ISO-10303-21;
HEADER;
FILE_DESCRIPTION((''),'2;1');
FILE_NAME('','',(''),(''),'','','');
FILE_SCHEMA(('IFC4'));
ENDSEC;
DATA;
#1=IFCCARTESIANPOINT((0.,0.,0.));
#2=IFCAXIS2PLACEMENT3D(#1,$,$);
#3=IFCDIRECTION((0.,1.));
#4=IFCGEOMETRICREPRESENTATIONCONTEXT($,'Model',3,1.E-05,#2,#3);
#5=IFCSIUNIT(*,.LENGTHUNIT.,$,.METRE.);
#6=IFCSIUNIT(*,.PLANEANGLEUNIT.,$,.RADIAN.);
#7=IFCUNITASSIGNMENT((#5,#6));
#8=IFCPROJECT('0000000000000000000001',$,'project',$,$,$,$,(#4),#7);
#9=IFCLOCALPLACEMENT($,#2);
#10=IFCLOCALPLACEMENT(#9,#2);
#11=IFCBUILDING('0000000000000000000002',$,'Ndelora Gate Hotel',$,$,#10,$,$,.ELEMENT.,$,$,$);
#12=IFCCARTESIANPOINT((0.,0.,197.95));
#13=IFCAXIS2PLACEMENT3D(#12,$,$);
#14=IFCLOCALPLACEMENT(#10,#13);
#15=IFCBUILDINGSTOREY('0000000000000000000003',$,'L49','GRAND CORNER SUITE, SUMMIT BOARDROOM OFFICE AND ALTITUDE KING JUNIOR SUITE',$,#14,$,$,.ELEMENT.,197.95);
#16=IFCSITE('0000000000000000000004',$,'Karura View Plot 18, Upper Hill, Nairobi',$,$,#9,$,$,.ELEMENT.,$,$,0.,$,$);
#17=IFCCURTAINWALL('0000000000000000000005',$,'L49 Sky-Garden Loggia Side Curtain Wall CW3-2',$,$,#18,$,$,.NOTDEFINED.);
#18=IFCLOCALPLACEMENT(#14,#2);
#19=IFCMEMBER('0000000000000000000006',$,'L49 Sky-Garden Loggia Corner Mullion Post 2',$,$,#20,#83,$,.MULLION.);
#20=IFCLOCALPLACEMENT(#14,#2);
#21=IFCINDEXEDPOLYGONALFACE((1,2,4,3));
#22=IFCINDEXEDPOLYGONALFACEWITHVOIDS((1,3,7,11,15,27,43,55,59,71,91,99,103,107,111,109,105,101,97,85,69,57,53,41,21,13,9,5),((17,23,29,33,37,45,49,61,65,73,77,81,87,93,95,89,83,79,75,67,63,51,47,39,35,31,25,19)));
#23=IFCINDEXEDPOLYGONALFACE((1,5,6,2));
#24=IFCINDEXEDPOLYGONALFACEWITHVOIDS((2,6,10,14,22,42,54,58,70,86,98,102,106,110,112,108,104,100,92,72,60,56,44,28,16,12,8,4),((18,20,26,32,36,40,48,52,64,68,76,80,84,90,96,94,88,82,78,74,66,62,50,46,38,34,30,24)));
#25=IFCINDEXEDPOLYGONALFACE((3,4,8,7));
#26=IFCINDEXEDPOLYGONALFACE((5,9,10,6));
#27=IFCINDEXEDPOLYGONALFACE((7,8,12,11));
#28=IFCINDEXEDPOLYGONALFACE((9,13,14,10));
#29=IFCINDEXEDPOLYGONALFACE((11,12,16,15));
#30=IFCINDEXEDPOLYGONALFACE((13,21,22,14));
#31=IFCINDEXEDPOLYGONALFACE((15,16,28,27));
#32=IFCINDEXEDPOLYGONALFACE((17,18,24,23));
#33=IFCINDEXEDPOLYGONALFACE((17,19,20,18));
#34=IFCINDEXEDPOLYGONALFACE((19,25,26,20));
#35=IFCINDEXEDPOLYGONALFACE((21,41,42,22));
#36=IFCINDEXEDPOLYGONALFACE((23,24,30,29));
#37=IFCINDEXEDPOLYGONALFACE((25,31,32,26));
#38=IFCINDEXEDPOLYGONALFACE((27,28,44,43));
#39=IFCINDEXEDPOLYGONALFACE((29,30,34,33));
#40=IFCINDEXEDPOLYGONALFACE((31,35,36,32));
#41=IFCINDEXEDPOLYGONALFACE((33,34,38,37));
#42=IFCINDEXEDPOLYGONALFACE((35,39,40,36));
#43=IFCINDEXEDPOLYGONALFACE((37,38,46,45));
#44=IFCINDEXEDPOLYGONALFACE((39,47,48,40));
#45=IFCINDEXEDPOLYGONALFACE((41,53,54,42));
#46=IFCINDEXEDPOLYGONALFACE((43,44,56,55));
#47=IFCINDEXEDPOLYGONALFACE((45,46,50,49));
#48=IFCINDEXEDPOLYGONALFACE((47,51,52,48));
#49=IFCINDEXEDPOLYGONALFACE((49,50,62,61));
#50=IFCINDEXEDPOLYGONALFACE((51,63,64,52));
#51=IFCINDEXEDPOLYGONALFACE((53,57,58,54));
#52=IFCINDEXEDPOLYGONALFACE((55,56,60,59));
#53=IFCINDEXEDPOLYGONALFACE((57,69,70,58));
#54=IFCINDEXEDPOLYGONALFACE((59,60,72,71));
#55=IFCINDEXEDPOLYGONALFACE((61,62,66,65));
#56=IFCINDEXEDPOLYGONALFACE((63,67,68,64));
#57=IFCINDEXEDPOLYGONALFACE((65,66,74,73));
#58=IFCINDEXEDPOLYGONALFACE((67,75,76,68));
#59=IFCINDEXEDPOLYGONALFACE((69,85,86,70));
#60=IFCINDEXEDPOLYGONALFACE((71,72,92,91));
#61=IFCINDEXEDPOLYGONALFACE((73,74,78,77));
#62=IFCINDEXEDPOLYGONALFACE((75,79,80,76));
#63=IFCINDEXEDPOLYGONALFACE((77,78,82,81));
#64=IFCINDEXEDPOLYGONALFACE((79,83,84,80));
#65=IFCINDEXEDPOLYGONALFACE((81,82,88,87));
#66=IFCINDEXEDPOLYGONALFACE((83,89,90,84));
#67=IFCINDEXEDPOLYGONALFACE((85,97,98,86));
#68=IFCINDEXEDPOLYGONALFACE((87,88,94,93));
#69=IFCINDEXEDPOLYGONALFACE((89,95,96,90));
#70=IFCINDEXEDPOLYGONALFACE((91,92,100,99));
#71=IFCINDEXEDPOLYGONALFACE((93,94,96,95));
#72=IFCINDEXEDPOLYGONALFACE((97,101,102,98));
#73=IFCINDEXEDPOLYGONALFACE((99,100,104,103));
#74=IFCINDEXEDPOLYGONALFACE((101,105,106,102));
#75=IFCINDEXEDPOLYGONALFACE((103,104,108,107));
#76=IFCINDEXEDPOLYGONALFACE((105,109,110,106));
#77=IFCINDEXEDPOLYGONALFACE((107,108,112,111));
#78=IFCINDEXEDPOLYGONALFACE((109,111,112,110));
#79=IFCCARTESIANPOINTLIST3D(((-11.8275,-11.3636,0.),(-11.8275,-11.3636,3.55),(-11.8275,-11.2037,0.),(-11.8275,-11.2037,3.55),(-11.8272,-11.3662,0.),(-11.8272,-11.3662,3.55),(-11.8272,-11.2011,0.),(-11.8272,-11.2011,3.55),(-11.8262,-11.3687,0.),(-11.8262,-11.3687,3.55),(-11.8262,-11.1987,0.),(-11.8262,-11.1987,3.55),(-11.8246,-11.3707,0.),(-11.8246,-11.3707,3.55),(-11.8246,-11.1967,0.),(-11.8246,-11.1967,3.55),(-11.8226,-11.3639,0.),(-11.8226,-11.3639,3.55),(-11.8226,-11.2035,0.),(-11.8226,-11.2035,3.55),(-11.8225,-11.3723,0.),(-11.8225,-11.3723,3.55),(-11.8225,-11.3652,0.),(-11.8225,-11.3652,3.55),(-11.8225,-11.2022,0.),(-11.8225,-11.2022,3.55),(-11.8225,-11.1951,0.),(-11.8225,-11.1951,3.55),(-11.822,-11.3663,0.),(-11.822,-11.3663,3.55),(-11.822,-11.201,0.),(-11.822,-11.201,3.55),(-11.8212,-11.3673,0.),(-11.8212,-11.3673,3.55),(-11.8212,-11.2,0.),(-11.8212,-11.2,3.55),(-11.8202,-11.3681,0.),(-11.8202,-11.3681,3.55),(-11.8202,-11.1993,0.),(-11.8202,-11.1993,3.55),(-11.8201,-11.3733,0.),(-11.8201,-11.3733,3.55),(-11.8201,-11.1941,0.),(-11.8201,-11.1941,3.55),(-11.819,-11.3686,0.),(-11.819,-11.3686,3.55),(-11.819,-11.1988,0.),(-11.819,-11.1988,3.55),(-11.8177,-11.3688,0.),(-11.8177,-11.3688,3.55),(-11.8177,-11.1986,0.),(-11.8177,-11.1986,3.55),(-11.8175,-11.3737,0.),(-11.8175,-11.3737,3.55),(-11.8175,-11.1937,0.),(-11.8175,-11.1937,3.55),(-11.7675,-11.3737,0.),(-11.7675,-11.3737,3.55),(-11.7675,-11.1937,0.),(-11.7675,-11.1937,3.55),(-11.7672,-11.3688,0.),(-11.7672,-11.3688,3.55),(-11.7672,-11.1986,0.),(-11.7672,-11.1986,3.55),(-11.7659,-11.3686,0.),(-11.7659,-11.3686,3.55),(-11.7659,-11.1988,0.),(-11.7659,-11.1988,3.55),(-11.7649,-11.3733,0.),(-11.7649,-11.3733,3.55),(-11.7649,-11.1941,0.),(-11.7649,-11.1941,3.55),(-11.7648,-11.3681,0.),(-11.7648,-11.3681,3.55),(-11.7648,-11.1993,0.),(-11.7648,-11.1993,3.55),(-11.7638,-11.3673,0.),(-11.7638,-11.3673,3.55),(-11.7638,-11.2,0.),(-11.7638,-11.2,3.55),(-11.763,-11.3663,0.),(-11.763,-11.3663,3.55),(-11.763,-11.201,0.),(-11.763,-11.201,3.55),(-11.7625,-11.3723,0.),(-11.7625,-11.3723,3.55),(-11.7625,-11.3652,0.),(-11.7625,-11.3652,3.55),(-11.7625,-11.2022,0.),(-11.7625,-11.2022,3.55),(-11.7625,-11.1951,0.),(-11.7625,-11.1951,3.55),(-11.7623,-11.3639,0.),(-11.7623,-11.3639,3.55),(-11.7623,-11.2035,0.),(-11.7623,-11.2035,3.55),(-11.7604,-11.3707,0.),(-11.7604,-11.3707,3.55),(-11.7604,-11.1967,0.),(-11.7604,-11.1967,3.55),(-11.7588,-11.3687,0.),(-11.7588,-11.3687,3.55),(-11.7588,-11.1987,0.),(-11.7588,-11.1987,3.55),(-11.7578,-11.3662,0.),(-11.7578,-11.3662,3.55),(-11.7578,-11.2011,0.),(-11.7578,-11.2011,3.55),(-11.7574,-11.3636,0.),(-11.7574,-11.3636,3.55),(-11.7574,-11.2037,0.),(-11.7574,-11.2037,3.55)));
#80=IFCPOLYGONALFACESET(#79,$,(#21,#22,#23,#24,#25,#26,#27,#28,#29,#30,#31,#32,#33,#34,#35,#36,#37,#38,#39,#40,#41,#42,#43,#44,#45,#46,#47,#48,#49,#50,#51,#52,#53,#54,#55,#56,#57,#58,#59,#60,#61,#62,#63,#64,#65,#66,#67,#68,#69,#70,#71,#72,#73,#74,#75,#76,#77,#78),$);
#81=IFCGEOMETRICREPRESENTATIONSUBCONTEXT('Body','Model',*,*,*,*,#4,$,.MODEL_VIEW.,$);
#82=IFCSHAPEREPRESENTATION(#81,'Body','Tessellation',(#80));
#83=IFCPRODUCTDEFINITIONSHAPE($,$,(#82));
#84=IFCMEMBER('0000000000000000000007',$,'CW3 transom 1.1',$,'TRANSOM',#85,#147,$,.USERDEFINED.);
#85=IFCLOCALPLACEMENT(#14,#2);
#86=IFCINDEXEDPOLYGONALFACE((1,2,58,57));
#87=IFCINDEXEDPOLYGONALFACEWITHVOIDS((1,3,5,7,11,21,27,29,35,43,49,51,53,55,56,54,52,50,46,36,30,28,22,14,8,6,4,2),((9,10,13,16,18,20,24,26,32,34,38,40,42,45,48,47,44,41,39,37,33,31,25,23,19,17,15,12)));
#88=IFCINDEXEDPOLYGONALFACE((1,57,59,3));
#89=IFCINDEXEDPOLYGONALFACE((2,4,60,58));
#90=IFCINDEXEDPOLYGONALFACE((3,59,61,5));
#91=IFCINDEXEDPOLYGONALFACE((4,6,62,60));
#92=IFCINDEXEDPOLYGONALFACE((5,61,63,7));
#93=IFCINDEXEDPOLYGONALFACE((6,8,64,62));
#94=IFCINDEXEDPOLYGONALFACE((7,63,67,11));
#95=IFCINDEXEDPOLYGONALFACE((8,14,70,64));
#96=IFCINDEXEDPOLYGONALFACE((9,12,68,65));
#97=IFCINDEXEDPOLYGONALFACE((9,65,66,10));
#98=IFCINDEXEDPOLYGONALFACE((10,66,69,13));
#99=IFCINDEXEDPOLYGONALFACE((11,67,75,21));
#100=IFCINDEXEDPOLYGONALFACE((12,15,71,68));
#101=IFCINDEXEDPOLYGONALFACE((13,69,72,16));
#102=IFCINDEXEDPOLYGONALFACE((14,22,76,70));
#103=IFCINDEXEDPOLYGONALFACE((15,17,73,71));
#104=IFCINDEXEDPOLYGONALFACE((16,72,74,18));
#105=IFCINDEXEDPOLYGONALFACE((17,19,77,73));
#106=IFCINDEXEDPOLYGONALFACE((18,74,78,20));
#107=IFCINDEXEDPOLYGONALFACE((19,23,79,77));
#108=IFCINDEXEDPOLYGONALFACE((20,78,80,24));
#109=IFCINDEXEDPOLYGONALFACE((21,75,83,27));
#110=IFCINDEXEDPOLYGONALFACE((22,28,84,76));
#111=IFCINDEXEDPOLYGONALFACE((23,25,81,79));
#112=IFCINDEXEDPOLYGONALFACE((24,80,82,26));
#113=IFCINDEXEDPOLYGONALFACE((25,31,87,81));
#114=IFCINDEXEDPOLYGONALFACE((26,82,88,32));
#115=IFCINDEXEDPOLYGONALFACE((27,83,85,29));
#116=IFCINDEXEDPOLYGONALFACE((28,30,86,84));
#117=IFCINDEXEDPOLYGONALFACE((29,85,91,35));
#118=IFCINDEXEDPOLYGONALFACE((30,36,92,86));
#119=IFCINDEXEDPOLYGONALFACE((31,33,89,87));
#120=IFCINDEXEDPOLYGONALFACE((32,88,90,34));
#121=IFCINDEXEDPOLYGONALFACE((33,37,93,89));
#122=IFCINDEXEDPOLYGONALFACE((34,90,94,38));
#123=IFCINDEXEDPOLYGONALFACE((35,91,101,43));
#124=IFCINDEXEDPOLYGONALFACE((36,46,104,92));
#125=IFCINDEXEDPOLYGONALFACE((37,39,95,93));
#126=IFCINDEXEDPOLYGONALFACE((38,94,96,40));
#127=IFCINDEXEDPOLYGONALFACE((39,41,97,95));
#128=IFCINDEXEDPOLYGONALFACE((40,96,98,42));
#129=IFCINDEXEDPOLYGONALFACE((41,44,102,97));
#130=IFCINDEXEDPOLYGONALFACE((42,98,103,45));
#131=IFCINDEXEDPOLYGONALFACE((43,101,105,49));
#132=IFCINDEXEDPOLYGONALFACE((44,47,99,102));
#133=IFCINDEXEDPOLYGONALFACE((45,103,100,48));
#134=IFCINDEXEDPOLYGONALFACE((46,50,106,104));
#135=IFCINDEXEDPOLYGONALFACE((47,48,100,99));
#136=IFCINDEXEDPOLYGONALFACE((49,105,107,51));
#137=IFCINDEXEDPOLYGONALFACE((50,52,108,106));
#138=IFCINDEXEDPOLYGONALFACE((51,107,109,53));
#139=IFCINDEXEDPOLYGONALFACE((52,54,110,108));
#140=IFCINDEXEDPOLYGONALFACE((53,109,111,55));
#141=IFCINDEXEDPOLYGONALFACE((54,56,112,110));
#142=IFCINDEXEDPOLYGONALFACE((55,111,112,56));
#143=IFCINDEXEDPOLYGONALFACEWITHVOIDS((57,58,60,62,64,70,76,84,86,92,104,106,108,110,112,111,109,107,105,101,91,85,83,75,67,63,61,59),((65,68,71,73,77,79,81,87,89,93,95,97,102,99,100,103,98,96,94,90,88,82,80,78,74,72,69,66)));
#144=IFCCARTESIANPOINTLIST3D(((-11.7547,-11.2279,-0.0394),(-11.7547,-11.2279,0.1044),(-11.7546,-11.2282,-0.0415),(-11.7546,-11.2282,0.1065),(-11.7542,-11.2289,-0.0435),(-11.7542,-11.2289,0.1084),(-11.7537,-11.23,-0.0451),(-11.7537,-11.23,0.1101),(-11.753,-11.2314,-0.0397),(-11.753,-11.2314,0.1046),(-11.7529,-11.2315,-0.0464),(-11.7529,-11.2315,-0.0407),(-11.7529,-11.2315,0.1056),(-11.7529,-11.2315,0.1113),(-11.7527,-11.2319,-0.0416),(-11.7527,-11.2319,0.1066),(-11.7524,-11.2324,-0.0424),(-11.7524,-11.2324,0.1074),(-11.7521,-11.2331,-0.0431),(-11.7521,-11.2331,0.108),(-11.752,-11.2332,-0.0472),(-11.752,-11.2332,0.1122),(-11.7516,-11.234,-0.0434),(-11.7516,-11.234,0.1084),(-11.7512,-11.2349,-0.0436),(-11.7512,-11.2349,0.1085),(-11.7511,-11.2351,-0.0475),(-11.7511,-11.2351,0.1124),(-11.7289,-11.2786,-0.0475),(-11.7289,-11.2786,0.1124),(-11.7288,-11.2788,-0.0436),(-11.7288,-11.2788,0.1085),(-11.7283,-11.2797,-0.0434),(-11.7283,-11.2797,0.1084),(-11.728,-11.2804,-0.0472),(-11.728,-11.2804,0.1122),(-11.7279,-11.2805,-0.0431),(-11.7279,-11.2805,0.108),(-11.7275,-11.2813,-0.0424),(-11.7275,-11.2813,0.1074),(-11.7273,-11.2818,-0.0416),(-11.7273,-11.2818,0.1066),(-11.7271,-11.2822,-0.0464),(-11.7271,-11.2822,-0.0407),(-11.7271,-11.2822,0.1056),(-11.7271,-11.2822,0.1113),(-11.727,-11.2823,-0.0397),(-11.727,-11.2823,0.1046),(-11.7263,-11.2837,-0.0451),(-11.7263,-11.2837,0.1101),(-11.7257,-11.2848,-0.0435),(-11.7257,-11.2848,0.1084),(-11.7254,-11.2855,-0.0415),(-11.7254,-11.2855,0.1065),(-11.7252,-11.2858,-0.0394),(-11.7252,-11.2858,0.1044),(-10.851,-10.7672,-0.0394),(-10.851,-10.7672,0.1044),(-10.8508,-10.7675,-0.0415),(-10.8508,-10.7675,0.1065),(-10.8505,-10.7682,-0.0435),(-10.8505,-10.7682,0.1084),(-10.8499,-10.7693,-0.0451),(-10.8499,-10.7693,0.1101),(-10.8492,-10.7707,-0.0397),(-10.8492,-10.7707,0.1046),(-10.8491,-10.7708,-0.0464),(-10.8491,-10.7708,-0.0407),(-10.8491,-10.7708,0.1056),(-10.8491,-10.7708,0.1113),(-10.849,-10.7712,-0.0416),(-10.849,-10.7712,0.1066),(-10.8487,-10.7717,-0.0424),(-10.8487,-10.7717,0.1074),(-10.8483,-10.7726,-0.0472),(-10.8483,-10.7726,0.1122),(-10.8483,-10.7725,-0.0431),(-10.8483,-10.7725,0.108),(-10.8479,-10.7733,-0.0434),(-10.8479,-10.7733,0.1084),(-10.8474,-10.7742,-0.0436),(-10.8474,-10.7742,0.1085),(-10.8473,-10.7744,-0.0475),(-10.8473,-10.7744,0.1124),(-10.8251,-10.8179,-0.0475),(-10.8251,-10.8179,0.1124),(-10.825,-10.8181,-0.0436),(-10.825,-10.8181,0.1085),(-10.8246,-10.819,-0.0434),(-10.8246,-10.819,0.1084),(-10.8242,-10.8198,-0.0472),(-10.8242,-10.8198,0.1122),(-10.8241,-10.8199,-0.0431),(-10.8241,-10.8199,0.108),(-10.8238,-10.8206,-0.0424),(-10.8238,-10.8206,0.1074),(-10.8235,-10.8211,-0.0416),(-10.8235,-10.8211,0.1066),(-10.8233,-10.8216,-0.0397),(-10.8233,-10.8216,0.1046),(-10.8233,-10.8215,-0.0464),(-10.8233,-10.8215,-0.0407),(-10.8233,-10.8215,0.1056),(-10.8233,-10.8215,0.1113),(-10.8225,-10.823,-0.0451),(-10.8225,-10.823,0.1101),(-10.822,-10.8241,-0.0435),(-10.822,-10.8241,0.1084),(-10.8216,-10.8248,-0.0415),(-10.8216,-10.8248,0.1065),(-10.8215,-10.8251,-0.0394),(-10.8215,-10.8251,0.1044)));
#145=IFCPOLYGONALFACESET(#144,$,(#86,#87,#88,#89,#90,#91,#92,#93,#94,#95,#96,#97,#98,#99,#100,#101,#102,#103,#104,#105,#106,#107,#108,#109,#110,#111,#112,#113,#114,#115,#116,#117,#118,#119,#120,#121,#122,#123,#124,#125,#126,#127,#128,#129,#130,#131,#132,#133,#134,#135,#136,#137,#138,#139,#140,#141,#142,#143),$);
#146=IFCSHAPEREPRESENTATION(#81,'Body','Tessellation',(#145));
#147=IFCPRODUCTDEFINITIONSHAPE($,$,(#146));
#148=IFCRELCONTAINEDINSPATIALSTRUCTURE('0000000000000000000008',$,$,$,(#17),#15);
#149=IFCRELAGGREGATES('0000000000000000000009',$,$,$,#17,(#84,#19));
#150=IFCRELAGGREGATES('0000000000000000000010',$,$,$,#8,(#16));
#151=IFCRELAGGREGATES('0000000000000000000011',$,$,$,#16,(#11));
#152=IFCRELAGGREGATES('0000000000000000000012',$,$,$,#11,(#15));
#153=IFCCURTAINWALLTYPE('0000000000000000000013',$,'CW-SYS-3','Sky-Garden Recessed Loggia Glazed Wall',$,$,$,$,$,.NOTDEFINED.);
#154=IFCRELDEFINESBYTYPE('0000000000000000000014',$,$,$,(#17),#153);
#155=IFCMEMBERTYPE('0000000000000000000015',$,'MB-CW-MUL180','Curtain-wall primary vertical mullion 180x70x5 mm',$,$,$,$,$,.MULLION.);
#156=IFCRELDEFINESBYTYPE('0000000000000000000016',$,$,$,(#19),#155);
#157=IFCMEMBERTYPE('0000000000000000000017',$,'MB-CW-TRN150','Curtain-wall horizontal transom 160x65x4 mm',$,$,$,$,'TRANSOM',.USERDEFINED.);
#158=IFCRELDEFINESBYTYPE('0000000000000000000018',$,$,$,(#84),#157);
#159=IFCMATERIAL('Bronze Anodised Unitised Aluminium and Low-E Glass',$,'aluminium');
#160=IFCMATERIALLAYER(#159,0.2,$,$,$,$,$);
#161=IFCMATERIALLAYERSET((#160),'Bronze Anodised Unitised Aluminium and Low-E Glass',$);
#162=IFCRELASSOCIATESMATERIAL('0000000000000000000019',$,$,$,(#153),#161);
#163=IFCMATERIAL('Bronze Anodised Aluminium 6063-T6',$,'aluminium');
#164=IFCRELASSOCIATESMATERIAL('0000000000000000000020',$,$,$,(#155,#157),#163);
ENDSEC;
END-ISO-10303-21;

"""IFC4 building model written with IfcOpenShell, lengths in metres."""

from ifc_helpers import new_model, si_unit, direction, frame, origin, origin_2d, place, context, subcontext, project, spatial, hollow_rectangle, extrude, material, layer, layer_set, material_profile, profile_set, type_object, element, aggregate, save


model = new_model("IFC4")

# Units and contexts
model_context = context("Model", 3, precision=1e-05, world=origin(), true_north=direction((0.0, 1.0)))
body_context = subcontext(model_context, "Body", "Model", "MODEL_VIEW")
ifc_project = project(units=[si_unit("LENGTHUNIT", "METRE"), si_unit("PLANEANGLEUNIT", "RADIAN")], contexts=[model_context])

# Site, building, storey
site_placement = place(None, origin())
site = spatial("IfcSite", under=ifc_project, at=site_placement, Name="Karura View Plot 18, Upper Hill, Nairobi", CompositionType="ELEMENT", RefElevation=0.0)
building_placement = place(site_placement, origin())
building = spatial("IfcBuilding", under=site, at=building_placement, Name="Ndelora Gate Hotel", CompositionType="ELEMENT")
storey_placement = place(building_placement, frame((0.0, 0.0, 197.95)))
storey = spatial("IfcBuildingStorey", under=building, at=storey_placement, Name="L49", Description="GRAND CORNER SUITE, SUMMIT BOARDROOM OFFICE AND ALTITUDE KING JUNIOR SUITE", CompositionType="ELEMENT", Elevation=197.95)

# Curtain wall, members
ifc_material_1 = material(Name="Bronze Anodised Unitised Aluminium and Low-E Glass", Category="aluminium")
ifc_layer_1 = layer(ifc_material_1, 0.2)
ifc_layer_set_1 = layer_set([ifc_layer_1], Name="Bronze Anodised Unitised Aluminium and Low-E Glass")
curtain_wall_type = type_object("IfcCurtainWallType", Name="CW-SYS-3", Description="Sky-Garden Recessed Loggia Glazed Wall", PredefinedType="NOTDEFINED", material=ifc_layer_set_1)
curtain_wall_placement = place(storey_placement, origin())
curtain_wall = element("IfcCurtainWall", 1, at=curtain_wall_placement, inside=storey, type_object=curtain_wall_type, Name="L49 Sky-Garden Loggia Side Curtain Wall CW3-2", PredefinedType="NOTDEFINED")
ifc_material_2 = material(Name="Bronze Anodised Aluminium 6063-T6", Category="aluminium")
ifc_material_profile_1 = material_profile(ifc_material_2, hollow_rectangle(XDim=0.0701, YDim=0.1799, WallThickness=0.0049, InnerFilletRadius=0.0049, OuterFilletRadius=0.01, at=origin_2d()), Name="ALU 180x70x5")
ifc_profile_set_1 = profile_set([ifc_material_profile_1], Name="Bronze Anodised Aluminium 6063-T6")
member_type_1 = type_object("IfcMemberType", Name="MB-CW-MUL180", Description="Curtain-wall primary vertical mullion 180x70x5 mm", PredefinedType="MULLION", material=ifc_profile_set_1)
member_1_placement = place(storey_placement, frame((-11.7925, -11.2837, 0.0), z_axis=(0.0, 0.0, 1.0), x_axis=(1.0, 0.0, 0.0)))
member_1 = element("IfcMember", 2, at=member_1_placement, type_object=member_type_1, Name="L49 Sky-Garden Loggia Corner Mullion Post 2", PredefinedType="MULLION", context=body_context, shape_type="SweptSolid", body=[
    extrude(hollow_rectangle(XDim=0.0701, YDim=0.1799, WallThickness=0.0049, InnerFilletRadius=0.0049, OuterFilletRadius=0.01, at=origin_2d()), origin(), (0.0, 0.0, 1.0), 3.55),
])
ifc_material_profile_2 = material_profile(ifc_material_2, hollow_rectangle(XDim=0.0649, YDim=0.1599, WallThickness=0.0039, InnerFilletRadius=0.0039, OuterFilletRadius=0.0081, at=origin_2d()), Name="ALU 160x65x4")
ifc_profile_set_2 = profile_set([ifc_material_profile_2], Name="Bronze Anodised Aluminium 6063-T6")
member_type_2 = type_object("IfcMemberType", Name="MB-CW-TRN150", Description="Curtain-wall horizontal transom 160x65x4 mm", ElementType="TRANSOM", PredefinedType="USERDEFINED", material=ifc_profile_set_2)
member_2_placement = place(storey_placement, frame((-11.74, -11.2568, 0.0325), z_axis=(0.890935, 0.454131, 0.0), x_axis=(-0.454131, 0.890935, 0.0)))
member_2 = element("IfcMember", 3, at=member_2_placement, type_object=member_type_2, Name="CW3 transom 1.1", ObjectType="TRANSOM", PredefinedType="USERDEFINED", context=body_context, shape_type="SweptSolid", body=[
    extrude(hollow_rectangle(XDim=0.0649, YDim=0.1599, WallThickness=0.0039, InnerFilletRadius=0.0039, OuterFilletRadius=0.0081, at=origin_2d()), origin(), (0.0, 0.0, 1.0), 1.0144),
])
aggregate(curtain_wall, [member_2, member_1])

save(model, "model.ifc")
